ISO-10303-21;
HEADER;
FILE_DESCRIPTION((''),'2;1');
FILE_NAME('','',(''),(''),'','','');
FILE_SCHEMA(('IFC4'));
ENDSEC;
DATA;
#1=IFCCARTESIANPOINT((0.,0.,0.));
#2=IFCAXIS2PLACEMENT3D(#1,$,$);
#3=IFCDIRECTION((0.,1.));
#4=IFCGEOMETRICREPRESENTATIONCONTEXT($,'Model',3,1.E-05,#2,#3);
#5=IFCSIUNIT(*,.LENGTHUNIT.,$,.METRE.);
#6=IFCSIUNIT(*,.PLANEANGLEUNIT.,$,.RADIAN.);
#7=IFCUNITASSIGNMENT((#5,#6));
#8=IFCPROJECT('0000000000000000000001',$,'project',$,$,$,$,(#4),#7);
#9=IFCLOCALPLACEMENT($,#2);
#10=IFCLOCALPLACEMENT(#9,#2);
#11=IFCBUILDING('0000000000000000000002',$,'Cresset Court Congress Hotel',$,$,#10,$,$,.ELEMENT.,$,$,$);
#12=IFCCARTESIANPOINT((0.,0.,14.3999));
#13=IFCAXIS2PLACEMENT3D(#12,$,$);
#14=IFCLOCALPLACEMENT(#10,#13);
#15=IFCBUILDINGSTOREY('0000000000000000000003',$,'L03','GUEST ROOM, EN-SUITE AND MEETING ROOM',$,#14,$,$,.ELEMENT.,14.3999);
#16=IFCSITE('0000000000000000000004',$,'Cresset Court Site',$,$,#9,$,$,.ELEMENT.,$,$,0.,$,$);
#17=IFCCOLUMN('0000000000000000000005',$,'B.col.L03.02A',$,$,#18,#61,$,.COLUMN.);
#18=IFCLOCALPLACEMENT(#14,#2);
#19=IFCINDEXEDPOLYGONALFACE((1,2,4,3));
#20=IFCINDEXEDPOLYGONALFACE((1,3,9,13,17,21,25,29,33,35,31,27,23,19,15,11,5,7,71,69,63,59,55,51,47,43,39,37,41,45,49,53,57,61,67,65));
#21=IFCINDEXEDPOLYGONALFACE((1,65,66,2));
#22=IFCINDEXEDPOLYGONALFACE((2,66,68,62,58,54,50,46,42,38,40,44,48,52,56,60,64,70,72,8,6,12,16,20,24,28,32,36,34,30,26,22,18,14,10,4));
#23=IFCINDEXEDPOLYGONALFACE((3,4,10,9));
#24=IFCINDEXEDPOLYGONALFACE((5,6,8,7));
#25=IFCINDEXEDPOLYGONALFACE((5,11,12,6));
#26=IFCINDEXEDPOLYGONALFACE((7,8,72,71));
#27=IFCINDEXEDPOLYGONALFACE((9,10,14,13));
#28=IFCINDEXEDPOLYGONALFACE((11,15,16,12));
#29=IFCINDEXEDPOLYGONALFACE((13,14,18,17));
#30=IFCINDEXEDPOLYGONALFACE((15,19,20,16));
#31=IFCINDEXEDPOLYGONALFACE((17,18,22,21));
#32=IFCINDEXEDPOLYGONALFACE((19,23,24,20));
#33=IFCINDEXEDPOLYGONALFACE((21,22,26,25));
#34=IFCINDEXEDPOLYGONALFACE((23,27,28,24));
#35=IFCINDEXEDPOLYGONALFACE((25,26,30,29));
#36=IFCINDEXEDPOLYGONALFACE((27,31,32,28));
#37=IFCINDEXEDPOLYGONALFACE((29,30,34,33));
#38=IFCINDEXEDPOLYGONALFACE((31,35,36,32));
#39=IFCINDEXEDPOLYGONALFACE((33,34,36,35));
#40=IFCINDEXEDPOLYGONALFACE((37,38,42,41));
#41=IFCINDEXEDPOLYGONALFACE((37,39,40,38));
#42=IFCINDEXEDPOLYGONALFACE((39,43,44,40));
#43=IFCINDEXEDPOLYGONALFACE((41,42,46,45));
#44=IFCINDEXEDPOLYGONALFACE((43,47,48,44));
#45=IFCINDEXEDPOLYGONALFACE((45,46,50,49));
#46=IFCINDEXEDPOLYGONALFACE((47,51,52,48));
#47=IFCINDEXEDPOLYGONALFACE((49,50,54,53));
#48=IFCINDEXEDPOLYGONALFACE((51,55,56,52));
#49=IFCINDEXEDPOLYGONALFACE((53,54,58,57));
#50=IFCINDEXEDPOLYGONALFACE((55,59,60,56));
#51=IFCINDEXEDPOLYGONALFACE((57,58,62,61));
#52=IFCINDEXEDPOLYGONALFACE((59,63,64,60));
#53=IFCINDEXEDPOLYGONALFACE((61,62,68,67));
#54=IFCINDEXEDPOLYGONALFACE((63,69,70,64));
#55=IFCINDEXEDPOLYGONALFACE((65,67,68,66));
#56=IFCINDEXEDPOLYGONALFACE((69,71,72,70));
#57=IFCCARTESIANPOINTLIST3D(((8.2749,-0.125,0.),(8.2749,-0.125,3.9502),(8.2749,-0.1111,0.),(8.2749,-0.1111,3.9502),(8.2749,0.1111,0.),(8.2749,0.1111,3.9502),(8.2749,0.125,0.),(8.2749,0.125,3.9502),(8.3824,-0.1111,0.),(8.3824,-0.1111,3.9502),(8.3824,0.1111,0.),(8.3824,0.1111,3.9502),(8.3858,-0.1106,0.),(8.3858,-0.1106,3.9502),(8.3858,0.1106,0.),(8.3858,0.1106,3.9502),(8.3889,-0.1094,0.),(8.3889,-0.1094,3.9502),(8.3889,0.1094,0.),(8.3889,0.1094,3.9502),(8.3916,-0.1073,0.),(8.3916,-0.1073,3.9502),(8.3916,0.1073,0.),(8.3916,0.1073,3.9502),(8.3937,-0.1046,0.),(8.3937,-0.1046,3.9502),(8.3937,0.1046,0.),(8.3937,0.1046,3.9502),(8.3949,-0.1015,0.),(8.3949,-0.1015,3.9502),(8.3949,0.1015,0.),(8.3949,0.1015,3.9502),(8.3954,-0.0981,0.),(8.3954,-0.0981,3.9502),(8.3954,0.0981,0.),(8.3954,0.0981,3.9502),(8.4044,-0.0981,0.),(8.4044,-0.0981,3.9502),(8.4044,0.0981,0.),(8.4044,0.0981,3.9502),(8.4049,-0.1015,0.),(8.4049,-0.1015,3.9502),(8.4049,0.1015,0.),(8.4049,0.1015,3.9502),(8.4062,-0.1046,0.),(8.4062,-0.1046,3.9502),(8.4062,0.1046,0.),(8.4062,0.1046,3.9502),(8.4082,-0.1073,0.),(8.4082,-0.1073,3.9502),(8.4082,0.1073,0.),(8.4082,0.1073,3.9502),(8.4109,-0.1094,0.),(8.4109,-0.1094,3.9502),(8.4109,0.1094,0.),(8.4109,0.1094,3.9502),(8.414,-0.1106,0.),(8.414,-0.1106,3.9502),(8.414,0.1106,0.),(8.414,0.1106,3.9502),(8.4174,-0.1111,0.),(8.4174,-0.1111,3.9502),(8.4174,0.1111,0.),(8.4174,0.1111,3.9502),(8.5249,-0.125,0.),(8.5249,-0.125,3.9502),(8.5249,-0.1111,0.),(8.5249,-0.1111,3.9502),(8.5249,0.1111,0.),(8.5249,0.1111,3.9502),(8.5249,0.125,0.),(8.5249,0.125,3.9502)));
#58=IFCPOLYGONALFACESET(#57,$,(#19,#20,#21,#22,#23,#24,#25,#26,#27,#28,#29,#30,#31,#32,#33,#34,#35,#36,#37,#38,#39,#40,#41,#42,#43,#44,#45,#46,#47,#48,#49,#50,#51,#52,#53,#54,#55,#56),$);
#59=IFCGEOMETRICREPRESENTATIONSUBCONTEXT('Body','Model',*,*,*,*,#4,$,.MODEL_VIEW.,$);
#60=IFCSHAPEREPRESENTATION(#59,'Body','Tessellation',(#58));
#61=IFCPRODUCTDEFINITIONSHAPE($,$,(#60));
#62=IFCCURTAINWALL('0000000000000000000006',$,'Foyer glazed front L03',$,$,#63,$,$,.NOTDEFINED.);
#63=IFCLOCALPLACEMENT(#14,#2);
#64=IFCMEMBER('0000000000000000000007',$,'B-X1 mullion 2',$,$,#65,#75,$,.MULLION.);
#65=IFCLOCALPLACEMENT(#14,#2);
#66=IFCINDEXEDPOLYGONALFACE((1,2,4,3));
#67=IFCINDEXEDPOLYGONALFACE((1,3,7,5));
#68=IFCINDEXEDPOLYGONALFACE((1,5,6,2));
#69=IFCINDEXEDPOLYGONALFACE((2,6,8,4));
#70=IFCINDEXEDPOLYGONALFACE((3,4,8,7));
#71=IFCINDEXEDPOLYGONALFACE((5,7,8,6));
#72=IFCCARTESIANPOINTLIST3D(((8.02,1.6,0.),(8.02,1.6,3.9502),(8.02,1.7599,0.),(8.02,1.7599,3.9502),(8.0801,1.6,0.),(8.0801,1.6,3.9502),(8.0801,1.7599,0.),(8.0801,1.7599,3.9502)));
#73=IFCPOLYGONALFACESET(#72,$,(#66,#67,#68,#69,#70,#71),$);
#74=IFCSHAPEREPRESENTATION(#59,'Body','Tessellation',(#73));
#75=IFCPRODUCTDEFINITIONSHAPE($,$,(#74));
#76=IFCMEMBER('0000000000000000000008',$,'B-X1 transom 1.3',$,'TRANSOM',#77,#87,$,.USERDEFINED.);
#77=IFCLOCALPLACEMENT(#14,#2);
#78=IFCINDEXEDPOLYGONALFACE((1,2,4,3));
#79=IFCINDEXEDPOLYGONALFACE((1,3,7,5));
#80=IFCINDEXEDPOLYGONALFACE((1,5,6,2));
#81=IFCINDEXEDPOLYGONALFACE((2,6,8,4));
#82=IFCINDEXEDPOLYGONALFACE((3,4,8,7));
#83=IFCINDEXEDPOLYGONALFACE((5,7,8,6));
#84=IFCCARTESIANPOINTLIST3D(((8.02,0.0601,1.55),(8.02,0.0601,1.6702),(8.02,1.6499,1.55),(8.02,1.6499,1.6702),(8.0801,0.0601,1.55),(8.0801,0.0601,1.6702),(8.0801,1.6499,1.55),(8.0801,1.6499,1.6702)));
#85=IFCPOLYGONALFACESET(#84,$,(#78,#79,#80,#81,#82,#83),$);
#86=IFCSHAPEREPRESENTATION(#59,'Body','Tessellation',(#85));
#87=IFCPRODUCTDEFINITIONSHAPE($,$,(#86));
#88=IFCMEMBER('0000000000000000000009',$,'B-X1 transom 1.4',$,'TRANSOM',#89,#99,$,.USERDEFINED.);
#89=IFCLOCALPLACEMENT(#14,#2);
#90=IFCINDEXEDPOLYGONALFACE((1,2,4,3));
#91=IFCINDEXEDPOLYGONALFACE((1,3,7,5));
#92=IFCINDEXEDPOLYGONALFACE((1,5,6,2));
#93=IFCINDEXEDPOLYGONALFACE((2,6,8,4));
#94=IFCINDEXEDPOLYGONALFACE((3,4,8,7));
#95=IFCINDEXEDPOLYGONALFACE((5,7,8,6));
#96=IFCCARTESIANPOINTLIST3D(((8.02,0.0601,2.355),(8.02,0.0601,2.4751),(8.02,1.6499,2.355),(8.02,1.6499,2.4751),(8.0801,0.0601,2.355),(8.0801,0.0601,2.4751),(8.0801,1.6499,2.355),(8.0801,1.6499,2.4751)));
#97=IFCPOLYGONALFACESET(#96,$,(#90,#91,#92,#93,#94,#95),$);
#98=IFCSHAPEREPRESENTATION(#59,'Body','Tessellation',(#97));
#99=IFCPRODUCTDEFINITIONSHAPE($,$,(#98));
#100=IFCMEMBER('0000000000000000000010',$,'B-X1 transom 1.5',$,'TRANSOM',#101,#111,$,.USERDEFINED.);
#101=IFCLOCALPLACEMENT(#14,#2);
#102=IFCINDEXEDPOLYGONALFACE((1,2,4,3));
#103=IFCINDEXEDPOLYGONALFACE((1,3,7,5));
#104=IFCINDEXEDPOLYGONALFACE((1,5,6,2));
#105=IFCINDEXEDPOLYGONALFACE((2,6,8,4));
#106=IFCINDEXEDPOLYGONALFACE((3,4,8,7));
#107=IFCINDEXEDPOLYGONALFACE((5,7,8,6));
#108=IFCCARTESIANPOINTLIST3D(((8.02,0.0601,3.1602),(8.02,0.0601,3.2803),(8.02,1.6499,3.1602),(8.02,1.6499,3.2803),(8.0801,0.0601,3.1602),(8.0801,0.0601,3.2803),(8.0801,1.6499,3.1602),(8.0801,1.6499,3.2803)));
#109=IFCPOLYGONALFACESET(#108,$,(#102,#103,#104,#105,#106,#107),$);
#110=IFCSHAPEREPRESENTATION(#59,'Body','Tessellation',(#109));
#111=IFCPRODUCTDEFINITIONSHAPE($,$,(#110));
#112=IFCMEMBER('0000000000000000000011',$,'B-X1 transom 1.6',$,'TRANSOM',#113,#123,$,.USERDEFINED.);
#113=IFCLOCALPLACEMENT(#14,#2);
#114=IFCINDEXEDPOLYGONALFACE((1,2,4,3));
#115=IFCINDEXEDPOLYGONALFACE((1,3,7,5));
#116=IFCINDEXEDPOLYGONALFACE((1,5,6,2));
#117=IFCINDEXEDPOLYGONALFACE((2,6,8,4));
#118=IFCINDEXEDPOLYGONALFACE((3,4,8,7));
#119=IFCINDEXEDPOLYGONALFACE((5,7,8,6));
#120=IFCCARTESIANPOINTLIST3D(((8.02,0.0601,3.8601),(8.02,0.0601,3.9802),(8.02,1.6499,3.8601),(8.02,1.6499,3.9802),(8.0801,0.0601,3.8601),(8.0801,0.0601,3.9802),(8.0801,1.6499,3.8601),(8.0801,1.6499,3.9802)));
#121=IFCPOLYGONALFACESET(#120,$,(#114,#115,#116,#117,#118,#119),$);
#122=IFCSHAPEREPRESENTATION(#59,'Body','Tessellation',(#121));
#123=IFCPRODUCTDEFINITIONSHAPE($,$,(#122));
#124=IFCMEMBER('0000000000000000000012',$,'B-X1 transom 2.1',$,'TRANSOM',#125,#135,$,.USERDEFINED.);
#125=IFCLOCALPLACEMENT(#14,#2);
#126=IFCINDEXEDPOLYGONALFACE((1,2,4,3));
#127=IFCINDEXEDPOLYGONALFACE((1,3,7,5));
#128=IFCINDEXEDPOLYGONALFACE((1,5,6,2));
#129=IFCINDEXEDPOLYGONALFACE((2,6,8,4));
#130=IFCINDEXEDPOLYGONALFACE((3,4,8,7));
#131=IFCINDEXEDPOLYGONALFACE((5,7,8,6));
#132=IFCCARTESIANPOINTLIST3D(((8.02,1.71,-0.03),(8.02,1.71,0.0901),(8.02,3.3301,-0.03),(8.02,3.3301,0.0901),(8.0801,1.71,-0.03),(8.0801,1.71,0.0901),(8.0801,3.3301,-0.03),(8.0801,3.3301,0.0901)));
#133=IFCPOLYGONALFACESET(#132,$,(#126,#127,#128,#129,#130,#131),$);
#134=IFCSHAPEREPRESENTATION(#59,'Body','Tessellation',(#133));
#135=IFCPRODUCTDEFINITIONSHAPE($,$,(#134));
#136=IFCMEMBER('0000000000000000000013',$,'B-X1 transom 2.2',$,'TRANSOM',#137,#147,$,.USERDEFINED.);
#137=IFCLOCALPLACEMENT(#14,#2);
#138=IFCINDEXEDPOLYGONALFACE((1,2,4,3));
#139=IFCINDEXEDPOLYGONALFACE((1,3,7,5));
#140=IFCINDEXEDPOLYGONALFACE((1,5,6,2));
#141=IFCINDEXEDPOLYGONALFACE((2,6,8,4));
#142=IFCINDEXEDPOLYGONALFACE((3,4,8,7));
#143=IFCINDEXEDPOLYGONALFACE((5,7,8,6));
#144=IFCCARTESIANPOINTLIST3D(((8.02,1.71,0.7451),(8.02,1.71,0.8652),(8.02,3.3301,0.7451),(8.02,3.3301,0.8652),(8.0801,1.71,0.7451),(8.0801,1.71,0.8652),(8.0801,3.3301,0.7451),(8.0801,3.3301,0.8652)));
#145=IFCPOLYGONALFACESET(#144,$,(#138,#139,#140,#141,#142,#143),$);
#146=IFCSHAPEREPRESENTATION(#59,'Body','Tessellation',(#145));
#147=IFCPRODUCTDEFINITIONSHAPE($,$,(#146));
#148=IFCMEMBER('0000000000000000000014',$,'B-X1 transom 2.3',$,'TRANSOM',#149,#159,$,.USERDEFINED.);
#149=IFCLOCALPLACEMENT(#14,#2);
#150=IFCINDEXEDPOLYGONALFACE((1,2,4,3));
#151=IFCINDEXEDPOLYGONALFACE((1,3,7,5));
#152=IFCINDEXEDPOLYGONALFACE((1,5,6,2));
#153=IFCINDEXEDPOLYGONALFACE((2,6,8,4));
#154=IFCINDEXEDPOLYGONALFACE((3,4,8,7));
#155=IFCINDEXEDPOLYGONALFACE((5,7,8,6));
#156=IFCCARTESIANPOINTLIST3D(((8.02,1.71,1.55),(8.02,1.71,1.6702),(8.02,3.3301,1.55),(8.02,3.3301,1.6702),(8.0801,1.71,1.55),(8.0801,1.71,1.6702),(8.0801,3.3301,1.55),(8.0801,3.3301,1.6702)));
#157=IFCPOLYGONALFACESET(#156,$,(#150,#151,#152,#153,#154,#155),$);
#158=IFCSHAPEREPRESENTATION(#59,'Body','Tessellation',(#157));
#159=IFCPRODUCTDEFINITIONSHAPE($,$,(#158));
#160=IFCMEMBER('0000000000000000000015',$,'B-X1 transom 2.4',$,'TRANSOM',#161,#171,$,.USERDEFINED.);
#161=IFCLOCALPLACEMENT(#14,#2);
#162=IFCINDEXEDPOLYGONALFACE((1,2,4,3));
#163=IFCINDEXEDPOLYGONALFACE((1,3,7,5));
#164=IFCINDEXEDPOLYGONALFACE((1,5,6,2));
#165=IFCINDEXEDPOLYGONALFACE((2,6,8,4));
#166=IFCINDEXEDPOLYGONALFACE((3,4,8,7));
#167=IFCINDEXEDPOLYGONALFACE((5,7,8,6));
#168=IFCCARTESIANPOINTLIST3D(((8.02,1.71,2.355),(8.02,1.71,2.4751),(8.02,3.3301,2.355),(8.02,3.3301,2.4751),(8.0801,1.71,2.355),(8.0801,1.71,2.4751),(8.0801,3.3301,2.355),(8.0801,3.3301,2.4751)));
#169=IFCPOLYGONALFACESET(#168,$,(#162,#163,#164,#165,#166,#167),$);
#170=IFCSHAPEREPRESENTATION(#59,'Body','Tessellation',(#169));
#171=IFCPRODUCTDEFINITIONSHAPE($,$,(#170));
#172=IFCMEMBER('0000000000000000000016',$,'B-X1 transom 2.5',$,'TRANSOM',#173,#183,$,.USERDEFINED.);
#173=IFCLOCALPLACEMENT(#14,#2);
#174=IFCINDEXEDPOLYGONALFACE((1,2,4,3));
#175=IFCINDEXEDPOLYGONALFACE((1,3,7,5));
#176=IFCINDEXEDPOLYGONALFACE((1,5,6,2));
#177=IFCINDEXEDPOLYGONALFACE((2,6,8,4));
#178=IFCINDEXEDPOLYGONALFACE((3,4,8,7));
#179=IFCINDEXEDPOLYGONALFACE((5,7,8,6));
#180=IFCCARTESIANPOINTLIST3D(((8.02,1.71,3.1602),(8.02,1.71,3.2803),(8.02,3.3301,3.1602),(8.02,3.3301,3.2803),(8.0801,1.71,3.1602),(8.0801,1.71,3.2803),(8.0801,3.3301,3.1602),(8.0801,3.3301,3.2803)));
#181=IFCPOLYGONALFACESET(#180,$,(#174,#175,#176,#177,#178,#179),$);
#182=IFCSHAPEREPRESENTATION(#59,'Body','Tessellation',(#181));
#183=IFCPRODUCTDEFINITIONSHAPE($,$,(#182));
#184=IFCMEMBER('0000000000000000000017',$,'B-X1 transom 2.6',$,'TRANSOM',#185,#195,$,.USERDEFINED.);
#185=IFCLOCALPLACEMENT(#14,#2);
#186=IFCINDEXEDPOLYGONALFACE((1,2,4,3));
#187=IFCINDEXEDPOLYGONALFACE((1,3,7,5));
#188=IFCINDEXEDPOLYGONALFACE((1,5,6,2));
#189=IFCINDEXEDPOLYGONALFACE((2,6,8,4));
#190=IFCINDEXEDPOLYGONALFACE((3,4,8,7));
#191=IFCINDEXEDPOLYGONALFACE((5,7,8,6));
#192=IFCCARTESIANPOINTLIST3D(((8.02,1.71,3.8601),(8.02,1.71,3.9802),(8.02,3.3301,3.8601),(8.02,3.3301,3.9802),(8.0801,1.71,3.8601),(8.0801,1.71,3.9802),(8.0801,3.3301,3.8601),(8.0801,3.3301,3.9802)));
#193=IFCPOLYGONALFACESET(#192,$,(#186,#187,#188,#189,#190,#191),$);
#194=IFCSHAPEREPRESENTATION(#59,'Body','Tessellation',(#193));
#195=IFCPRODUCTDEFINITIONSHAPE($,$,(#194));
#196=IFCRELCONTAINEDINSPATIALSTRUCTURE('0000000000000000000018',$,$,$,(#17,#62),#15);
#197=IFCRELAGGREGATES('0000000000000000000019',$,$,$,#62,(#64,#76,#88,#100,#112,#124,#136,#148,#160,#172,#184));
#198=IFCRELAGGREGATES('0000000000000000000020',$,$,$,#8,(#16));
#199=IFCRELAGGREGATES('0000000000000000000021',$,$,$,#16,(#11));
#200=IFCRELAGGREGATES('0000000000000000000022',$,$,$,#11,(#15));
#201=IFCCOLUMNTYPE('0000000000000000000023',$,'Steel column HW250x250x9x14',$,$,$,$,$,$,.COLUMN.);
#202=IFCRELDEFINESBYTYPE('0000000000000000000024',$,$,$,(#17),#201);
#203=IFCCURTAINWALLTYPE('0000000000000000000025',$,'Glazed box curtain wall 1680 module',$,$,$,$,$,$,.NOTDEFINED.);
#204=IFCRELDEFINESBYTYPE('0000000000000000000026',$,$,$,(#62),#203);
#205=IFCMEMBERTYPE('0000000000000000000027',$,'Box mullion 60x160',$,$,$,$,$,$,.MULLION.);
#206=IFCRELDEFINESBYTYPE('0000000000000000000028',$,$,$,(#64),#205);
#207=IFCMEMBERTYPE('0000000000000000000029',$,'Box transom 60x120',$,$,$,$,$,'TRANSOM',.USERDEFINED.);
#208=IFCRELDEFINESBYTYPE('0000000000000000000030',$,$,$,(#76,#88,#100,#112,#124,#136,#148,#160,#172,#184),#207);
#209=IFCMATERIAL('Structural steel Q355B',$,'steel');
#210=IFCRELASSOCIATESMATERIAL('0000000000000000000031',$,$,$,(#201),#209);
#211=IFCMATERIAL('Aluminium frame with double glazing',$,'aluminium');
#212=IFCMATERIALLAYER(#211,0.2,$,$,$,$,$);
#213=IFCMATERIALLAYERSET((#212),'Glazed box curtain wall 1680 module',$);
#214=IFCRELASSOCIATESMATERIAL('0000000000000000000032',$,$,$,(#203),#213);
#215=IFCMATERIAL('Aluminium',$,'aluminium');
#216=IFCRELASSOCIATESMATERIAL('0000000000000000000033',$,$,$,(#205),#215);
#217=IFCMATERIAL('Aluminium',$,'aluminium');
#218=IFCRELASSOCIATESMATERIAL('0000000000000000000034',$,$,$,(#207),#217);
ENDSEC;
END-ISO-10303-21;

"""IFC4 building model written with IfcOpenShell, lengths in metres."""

from ifc_helpers import new_model, si_unit, direction, frame, origin, origin_2d, place, context, subcontext, project, spatial, rectangle, i_section, extrude, material, layer, layer_set, material_profile, profile_set, type_object, element, aggregate, save


model = new_model("IFC4")

# Units and contexts
model_context = context("Model", 3, precision=1e-05, world=origin(), true_north=direction((0.0, 1.0)))
body_context = subcontext(model_context, "Body", "Model", "MODEL_VIEW")
ifc_project = project(units=[si_unit("LENGTHUNIT", "METRE"), si_unit("PLANEANGLEUNIT", "RADIAN")], contexts=[model_context])

# Site, building, storey
site_placement = place(None, origin())
site = spatial("IfcSite", under=ifc_project, at=site_placement, Name="Cresset Court Site", CompositionType="ELEMENT", RefElevation=0.0)
building_placement = place(site_placement, origin())
building = spatial("IfcBuilding", under=site, at=building_placement, Name="Cresset Court Congress Hotel", CompositionType="ELEMENT")
storey_placement = place(building_placement, frame((0.0, 0.0, 14.3999)))
storey = spatial("IfcBuildingStorey", under=building, at=storey_placement, Name="L03", Description="GUEST ROOM, EN-SUITE AND MEETING ROOM", CompositionType="ELEMENT", Elevation=14.3999)

# Column
ifc_material_1 = material(Name="Structural steel Q355B", Category="steel")
ifc_material_profile_1 = material_profile(ifc_material_1, i_section(OverallWidth=0.25, OverallDepth=0.25, WebThickness=0.009, FlangeThickness=0.0139, FilletRadius=0.0129, at=origin_2d()), Name="HW250x250x9x14")
ifc_profile_set_1 = profile_set([ifc_material_profile_1], Name="Structural steel Q355B")
column_type = type_object("IfcColumnType", Name="Steel column HW250x250x9x14", PredefinedType="COLUMN", material=ifc_profile_set_1)
column_placement = place(storey_placement, frame((8.3999, 0.0, 0.0), z_axis=(0.0, 0.0, 1.0), x_axis=(1.0, 0.0, 0.0)))
element("IfcColumn", 1, at=column_placement, inside=storey, type_object=column_type, Name="B.col.L03.02A", PredefinedType="COLUMN", context=body_context, shape_type="SweptSolid", body=[
    extrude(i_section(OverallWidth=0.25, OverallDepth=0.25, WebThickness=0.009, FlangeThickness=0.0139, FilletRadius=0.0129, at=origin_2d()), origin(), (0.0, 0.0, 1.0), 3.9502),
])

# Curtain wall, members
ifc_material_2 = material(Name="Aluminium frame with double glazing", Category="aluminium")
ifc_layer_1 = layer(ifc_material_2, 0.2)
ifc_layer_set_1 = layer_set([ifc_layer_1], Name="Glazed box curtain wall 1680 module")
curtain_wall_type = type_object("IfcCurtainWallType", Name="Glazed box curtain wall 1680 module", PredefinedType="NOTDEFINED", material=ifc_layer_set_1)
curtain_wall_placement = place(storey_placement, origin())
curtain_wall = element("IfcCurtainWall", 2, at=curtain_wall_placement, inside=storey, type_object=curtain_wall_type, Name="Foyer glazed front L03", PredefinedType="NOTDEFINED")
ifc_material_3 = material(Name="Aluminium", Category="aluminium")
ifc_material_profile_2 = material_profile(ifc_material_3, rectangle(XDim=0.0601, YDim=0.1599, at=origin_2d()), Name="Box mullion 60x160")
ifc_profile_set_2 = profile_set([ifc_material_profile_2], Name="Aluminium")
member_type_1 = type_object("IfcMemberType", Name="Box mullion 60x160", PredefinedType="MULLION", material=ifc_profile_set_2)
member_1_placement = place(storey_placement, frame((8.05, 1.6799, 0.0), z_axis=(0.0, 0.0, 1.0), x_axis=(-1.0, 0.0, 0.0)))
member_1 = element("IfcMember", 3, at=member_1_placement, type_object=member_type_1, Name="B-X1 mullion 2", PredefinedType="MULLION", context=body_context, shape_type="SweptSolid", body=[
    extrude(rectangle(XDim=0.0601, YDim=0.1599, at=origin_2d()), origin(), (0.0, 0.0, 1.0), 3.9502),
])
ifc_material_4 = material(Name="Aluminium", Category="aluminium")
ifc_material_profile_3 = material_profile(ifc_material_4, rectangle(XDim=0.0601, YDim=0.1201, at=origin_2d()), Name="Box transom 60x120")
ifc_profile_set_3 = profile_set([ifc_material_profile_3], Name="Aluminium")
member_type_2 = type_object("IfcMemberType", Name="Box transom 60x120", ElementType="TRANSOM", PredefinedType="USERDEFINED", material=ifc_profile_set_3)
member_2_placement = place(storey_placement, frame((8.05, 0.0601, 1.6101), z_axis=(0.0, 1.0, 0.0), x_axis=(-1.0, 0.0, 0.0)))
member_2 = element("IfcMember", 4, at=member_2_placement, type_object=member_type_2, Name="B-X1 transom 1.3", ObjectType="TRANSOM", PredefinedType="USERDEFINED", context=body_context, shape_type="SweptSolid", body=[
    extrude(rectangle(XDim=0.0601, YDim=0.1201, at=origin_2d()), origin(), (0.0, 0.0, 1.0), 1.5898),
])
member_3_placement = place(storey_placement, frame((8.05, 0.0601, 2.415), z_axis=(0.0, 1.0, 0.0), x_axis=(-1.0, 0.0, 0.0)))
member_3 = element("IfcMember", 5, at=member_3_placement, type_object=member_type_2, Name="B-X1 transom 1.4", ObjectType="TRANSOM", PredefinedType="USERDEFINED", context=body_context, shape_type="SweptSolid", body=[
    extrude(rectangle(XDim=0.0601, YDim=0.1201, at=origin_2d()), origin(), (0.0, 0.0, 1.0), 1.5898),
])
member_4_placement = place(storey_placement, frame((8.05, 0.0601, 3.2202), z_axis=(0.0, 1.0, 0.0), x_axis=(-1.0, 0.0, 0.0)))
member_4 = element("IfcMember", 6, at=member_4_placement, type_object=member_type_2, Name="B-X1 transom 1.5", ObjectType="TRANSOM", PredefinedType="USERDEFINED", context=body_context, shape_type="SweptSolid", body=[
    extrude(rectangle(XDim=0.0601, YDim=0.1201, at=origin_2d()), origin(), (0.0, 0.0, 1.0), 1.5898),
])
member_5_placement = place(storey_placement, frame((8.05, 0.0601, 3.9202), z_axis=(0.0, 1.0, 0.0), x_axis=(-1.0, 0.0, 0.0)))
member_5 = element("IfcMember", 7, at=member_5_placement, type_object=member_type_2, Name="B-X1 transom 1.6", ObjectType="TRANSOM", PredefinedType="USERDEFINED", context=body_context, shape_type="SweptSolid", body=[
    extrude(rectangle(XDim=0.0601, YDim=0.1201, at=origin_2d()), origin(), (0.0, 0.0, 1.0), 1.5898),
])
member_6_placement = place(storey_placement, frame((8.05, 1.71, 0.03), z_axis=(0.0, 1.0, 0.0), x_axis=(-1.0, 0.0, 0.0)))
member_6 = element("IfcMember", 8, at=member_6_placement, type_object=member_type_2, Name="B-X1 transom 2.1", ObjectType="TRANSOM", PredefinedType="USERDEFINED", context=body_context, shape_type="SweptSolid", body=[
    extrude(rectangle(XDim=0.0601, YDim=0.1201, at=origin_2d()), origin(), (0.0, 0.0, 1.0), 1.6201),
])
member_7_placement = place(storey_placement, frame((8.05, 1.71, 0.8052), z_axis=(0.0, 1.0, 0.0), x_axis=(-1.0, 0.0, 0.0)))
member_7 = element("IfcMember", 9, at=member_7_placement, type_object=member_type_2, Name="B-X1 transom 2.2", ObjectType="TRANSOM", PredefinedType="USERDEFINED", context=body_context, shape_type="SweptSolid", body=[
    extrude(rectangle(XDim=0.0601, YDim=0.1201, at=origin_2d()), origin(), (0.0, 0.0, 1.0), 1.6201),
])
member_8_placement = place(storey_placement, frame((8.05, 1.71, 1.6101), z_axis=(0.0, 1.0, 0.0), x_axis=(-1.0, 0.0, 0.0)))
member_8 = element("IfcMember", 10, at=member_8_placement, type_object=member_type_2, Name="B-X1 transom 2.3", ObjectType="TRANSOM", PredefinedType="USERDEFINED", context=body_context, shape_type="SweptSolid", body=[
    extrude(rectangle(XDim=0.0601, YDim=0.1201, at=origin_2d()), origin(), (0.0, 0.0, 1.0), 1.6201),
])
member_9_placement = place(storey_placement, frame((8.05, 1.71, 2.415), z_axis=(0.0, 1.0, 0.0), x_axis=(-1.0, 0.0, 0.0)))
member_9 = element("IfcMember", 11, at=member_9_placement, type_object=member_type_2, Name="B-X1 transom 2.4", ObjectType="TRANSOM", PredefinedType="USERDEFINED", context=body_context, shape_type="SweptSolid", body=[
    extrude(rectangle(XDim=0.0601, YDim=0.1201, at=origin_2d()), origin(), (0.0, 0.0, 1.0), 1.6201),
])
member_10_placement = place(storey_placement, frame((8.05, 1.71, 3.2202), z_axis=(0.0, 1.0, 0.0), x_axis=(-1.0, 0.0, 0.0)))
member_10 = element("IfcMember", 12, at=member_10_placement, type_object=member_type_2, Name="B-X1 transom 2.5", ObjectType="TRANSOM", PredefinedType="USERDEFINED", context=body_context, shape_type="SweptSolid", body=[
    extrude(rectangle(XDim=0.0601, YDim=0.1201, at=origin_2d()), origin(), (0.0, 0.0, 1.0), 1.6201),
])
member_11_placement = place(storey_placement, frame((8.05, 1.71, 3.9202), z_axis=(0.0, 1.0, 0.0), x_axis=(-1.0, 0.0, 0.0)))
member_11 = element("IfcMember", 13, at=member_11_placement, type_object=member_type_2, Name="B-X1 transom 2.6", ObjectType="TRANSOM", PredefinedType="USERDEFINED", context=body_context, shape_type="SweptSolid", body=[
    extrude(rectangle(XDim=0.0601, YDim=0.1201, at=origin_2d()), origin(), (0.0, 0.0, 1.0), 1.6201),
])

aggregate(curtain_wall, [member_1, member_2, member_3, member_4, member_5, member_6, member_7, member_8, member_9, member_10, member_11])

save(model, "model.ifc")
